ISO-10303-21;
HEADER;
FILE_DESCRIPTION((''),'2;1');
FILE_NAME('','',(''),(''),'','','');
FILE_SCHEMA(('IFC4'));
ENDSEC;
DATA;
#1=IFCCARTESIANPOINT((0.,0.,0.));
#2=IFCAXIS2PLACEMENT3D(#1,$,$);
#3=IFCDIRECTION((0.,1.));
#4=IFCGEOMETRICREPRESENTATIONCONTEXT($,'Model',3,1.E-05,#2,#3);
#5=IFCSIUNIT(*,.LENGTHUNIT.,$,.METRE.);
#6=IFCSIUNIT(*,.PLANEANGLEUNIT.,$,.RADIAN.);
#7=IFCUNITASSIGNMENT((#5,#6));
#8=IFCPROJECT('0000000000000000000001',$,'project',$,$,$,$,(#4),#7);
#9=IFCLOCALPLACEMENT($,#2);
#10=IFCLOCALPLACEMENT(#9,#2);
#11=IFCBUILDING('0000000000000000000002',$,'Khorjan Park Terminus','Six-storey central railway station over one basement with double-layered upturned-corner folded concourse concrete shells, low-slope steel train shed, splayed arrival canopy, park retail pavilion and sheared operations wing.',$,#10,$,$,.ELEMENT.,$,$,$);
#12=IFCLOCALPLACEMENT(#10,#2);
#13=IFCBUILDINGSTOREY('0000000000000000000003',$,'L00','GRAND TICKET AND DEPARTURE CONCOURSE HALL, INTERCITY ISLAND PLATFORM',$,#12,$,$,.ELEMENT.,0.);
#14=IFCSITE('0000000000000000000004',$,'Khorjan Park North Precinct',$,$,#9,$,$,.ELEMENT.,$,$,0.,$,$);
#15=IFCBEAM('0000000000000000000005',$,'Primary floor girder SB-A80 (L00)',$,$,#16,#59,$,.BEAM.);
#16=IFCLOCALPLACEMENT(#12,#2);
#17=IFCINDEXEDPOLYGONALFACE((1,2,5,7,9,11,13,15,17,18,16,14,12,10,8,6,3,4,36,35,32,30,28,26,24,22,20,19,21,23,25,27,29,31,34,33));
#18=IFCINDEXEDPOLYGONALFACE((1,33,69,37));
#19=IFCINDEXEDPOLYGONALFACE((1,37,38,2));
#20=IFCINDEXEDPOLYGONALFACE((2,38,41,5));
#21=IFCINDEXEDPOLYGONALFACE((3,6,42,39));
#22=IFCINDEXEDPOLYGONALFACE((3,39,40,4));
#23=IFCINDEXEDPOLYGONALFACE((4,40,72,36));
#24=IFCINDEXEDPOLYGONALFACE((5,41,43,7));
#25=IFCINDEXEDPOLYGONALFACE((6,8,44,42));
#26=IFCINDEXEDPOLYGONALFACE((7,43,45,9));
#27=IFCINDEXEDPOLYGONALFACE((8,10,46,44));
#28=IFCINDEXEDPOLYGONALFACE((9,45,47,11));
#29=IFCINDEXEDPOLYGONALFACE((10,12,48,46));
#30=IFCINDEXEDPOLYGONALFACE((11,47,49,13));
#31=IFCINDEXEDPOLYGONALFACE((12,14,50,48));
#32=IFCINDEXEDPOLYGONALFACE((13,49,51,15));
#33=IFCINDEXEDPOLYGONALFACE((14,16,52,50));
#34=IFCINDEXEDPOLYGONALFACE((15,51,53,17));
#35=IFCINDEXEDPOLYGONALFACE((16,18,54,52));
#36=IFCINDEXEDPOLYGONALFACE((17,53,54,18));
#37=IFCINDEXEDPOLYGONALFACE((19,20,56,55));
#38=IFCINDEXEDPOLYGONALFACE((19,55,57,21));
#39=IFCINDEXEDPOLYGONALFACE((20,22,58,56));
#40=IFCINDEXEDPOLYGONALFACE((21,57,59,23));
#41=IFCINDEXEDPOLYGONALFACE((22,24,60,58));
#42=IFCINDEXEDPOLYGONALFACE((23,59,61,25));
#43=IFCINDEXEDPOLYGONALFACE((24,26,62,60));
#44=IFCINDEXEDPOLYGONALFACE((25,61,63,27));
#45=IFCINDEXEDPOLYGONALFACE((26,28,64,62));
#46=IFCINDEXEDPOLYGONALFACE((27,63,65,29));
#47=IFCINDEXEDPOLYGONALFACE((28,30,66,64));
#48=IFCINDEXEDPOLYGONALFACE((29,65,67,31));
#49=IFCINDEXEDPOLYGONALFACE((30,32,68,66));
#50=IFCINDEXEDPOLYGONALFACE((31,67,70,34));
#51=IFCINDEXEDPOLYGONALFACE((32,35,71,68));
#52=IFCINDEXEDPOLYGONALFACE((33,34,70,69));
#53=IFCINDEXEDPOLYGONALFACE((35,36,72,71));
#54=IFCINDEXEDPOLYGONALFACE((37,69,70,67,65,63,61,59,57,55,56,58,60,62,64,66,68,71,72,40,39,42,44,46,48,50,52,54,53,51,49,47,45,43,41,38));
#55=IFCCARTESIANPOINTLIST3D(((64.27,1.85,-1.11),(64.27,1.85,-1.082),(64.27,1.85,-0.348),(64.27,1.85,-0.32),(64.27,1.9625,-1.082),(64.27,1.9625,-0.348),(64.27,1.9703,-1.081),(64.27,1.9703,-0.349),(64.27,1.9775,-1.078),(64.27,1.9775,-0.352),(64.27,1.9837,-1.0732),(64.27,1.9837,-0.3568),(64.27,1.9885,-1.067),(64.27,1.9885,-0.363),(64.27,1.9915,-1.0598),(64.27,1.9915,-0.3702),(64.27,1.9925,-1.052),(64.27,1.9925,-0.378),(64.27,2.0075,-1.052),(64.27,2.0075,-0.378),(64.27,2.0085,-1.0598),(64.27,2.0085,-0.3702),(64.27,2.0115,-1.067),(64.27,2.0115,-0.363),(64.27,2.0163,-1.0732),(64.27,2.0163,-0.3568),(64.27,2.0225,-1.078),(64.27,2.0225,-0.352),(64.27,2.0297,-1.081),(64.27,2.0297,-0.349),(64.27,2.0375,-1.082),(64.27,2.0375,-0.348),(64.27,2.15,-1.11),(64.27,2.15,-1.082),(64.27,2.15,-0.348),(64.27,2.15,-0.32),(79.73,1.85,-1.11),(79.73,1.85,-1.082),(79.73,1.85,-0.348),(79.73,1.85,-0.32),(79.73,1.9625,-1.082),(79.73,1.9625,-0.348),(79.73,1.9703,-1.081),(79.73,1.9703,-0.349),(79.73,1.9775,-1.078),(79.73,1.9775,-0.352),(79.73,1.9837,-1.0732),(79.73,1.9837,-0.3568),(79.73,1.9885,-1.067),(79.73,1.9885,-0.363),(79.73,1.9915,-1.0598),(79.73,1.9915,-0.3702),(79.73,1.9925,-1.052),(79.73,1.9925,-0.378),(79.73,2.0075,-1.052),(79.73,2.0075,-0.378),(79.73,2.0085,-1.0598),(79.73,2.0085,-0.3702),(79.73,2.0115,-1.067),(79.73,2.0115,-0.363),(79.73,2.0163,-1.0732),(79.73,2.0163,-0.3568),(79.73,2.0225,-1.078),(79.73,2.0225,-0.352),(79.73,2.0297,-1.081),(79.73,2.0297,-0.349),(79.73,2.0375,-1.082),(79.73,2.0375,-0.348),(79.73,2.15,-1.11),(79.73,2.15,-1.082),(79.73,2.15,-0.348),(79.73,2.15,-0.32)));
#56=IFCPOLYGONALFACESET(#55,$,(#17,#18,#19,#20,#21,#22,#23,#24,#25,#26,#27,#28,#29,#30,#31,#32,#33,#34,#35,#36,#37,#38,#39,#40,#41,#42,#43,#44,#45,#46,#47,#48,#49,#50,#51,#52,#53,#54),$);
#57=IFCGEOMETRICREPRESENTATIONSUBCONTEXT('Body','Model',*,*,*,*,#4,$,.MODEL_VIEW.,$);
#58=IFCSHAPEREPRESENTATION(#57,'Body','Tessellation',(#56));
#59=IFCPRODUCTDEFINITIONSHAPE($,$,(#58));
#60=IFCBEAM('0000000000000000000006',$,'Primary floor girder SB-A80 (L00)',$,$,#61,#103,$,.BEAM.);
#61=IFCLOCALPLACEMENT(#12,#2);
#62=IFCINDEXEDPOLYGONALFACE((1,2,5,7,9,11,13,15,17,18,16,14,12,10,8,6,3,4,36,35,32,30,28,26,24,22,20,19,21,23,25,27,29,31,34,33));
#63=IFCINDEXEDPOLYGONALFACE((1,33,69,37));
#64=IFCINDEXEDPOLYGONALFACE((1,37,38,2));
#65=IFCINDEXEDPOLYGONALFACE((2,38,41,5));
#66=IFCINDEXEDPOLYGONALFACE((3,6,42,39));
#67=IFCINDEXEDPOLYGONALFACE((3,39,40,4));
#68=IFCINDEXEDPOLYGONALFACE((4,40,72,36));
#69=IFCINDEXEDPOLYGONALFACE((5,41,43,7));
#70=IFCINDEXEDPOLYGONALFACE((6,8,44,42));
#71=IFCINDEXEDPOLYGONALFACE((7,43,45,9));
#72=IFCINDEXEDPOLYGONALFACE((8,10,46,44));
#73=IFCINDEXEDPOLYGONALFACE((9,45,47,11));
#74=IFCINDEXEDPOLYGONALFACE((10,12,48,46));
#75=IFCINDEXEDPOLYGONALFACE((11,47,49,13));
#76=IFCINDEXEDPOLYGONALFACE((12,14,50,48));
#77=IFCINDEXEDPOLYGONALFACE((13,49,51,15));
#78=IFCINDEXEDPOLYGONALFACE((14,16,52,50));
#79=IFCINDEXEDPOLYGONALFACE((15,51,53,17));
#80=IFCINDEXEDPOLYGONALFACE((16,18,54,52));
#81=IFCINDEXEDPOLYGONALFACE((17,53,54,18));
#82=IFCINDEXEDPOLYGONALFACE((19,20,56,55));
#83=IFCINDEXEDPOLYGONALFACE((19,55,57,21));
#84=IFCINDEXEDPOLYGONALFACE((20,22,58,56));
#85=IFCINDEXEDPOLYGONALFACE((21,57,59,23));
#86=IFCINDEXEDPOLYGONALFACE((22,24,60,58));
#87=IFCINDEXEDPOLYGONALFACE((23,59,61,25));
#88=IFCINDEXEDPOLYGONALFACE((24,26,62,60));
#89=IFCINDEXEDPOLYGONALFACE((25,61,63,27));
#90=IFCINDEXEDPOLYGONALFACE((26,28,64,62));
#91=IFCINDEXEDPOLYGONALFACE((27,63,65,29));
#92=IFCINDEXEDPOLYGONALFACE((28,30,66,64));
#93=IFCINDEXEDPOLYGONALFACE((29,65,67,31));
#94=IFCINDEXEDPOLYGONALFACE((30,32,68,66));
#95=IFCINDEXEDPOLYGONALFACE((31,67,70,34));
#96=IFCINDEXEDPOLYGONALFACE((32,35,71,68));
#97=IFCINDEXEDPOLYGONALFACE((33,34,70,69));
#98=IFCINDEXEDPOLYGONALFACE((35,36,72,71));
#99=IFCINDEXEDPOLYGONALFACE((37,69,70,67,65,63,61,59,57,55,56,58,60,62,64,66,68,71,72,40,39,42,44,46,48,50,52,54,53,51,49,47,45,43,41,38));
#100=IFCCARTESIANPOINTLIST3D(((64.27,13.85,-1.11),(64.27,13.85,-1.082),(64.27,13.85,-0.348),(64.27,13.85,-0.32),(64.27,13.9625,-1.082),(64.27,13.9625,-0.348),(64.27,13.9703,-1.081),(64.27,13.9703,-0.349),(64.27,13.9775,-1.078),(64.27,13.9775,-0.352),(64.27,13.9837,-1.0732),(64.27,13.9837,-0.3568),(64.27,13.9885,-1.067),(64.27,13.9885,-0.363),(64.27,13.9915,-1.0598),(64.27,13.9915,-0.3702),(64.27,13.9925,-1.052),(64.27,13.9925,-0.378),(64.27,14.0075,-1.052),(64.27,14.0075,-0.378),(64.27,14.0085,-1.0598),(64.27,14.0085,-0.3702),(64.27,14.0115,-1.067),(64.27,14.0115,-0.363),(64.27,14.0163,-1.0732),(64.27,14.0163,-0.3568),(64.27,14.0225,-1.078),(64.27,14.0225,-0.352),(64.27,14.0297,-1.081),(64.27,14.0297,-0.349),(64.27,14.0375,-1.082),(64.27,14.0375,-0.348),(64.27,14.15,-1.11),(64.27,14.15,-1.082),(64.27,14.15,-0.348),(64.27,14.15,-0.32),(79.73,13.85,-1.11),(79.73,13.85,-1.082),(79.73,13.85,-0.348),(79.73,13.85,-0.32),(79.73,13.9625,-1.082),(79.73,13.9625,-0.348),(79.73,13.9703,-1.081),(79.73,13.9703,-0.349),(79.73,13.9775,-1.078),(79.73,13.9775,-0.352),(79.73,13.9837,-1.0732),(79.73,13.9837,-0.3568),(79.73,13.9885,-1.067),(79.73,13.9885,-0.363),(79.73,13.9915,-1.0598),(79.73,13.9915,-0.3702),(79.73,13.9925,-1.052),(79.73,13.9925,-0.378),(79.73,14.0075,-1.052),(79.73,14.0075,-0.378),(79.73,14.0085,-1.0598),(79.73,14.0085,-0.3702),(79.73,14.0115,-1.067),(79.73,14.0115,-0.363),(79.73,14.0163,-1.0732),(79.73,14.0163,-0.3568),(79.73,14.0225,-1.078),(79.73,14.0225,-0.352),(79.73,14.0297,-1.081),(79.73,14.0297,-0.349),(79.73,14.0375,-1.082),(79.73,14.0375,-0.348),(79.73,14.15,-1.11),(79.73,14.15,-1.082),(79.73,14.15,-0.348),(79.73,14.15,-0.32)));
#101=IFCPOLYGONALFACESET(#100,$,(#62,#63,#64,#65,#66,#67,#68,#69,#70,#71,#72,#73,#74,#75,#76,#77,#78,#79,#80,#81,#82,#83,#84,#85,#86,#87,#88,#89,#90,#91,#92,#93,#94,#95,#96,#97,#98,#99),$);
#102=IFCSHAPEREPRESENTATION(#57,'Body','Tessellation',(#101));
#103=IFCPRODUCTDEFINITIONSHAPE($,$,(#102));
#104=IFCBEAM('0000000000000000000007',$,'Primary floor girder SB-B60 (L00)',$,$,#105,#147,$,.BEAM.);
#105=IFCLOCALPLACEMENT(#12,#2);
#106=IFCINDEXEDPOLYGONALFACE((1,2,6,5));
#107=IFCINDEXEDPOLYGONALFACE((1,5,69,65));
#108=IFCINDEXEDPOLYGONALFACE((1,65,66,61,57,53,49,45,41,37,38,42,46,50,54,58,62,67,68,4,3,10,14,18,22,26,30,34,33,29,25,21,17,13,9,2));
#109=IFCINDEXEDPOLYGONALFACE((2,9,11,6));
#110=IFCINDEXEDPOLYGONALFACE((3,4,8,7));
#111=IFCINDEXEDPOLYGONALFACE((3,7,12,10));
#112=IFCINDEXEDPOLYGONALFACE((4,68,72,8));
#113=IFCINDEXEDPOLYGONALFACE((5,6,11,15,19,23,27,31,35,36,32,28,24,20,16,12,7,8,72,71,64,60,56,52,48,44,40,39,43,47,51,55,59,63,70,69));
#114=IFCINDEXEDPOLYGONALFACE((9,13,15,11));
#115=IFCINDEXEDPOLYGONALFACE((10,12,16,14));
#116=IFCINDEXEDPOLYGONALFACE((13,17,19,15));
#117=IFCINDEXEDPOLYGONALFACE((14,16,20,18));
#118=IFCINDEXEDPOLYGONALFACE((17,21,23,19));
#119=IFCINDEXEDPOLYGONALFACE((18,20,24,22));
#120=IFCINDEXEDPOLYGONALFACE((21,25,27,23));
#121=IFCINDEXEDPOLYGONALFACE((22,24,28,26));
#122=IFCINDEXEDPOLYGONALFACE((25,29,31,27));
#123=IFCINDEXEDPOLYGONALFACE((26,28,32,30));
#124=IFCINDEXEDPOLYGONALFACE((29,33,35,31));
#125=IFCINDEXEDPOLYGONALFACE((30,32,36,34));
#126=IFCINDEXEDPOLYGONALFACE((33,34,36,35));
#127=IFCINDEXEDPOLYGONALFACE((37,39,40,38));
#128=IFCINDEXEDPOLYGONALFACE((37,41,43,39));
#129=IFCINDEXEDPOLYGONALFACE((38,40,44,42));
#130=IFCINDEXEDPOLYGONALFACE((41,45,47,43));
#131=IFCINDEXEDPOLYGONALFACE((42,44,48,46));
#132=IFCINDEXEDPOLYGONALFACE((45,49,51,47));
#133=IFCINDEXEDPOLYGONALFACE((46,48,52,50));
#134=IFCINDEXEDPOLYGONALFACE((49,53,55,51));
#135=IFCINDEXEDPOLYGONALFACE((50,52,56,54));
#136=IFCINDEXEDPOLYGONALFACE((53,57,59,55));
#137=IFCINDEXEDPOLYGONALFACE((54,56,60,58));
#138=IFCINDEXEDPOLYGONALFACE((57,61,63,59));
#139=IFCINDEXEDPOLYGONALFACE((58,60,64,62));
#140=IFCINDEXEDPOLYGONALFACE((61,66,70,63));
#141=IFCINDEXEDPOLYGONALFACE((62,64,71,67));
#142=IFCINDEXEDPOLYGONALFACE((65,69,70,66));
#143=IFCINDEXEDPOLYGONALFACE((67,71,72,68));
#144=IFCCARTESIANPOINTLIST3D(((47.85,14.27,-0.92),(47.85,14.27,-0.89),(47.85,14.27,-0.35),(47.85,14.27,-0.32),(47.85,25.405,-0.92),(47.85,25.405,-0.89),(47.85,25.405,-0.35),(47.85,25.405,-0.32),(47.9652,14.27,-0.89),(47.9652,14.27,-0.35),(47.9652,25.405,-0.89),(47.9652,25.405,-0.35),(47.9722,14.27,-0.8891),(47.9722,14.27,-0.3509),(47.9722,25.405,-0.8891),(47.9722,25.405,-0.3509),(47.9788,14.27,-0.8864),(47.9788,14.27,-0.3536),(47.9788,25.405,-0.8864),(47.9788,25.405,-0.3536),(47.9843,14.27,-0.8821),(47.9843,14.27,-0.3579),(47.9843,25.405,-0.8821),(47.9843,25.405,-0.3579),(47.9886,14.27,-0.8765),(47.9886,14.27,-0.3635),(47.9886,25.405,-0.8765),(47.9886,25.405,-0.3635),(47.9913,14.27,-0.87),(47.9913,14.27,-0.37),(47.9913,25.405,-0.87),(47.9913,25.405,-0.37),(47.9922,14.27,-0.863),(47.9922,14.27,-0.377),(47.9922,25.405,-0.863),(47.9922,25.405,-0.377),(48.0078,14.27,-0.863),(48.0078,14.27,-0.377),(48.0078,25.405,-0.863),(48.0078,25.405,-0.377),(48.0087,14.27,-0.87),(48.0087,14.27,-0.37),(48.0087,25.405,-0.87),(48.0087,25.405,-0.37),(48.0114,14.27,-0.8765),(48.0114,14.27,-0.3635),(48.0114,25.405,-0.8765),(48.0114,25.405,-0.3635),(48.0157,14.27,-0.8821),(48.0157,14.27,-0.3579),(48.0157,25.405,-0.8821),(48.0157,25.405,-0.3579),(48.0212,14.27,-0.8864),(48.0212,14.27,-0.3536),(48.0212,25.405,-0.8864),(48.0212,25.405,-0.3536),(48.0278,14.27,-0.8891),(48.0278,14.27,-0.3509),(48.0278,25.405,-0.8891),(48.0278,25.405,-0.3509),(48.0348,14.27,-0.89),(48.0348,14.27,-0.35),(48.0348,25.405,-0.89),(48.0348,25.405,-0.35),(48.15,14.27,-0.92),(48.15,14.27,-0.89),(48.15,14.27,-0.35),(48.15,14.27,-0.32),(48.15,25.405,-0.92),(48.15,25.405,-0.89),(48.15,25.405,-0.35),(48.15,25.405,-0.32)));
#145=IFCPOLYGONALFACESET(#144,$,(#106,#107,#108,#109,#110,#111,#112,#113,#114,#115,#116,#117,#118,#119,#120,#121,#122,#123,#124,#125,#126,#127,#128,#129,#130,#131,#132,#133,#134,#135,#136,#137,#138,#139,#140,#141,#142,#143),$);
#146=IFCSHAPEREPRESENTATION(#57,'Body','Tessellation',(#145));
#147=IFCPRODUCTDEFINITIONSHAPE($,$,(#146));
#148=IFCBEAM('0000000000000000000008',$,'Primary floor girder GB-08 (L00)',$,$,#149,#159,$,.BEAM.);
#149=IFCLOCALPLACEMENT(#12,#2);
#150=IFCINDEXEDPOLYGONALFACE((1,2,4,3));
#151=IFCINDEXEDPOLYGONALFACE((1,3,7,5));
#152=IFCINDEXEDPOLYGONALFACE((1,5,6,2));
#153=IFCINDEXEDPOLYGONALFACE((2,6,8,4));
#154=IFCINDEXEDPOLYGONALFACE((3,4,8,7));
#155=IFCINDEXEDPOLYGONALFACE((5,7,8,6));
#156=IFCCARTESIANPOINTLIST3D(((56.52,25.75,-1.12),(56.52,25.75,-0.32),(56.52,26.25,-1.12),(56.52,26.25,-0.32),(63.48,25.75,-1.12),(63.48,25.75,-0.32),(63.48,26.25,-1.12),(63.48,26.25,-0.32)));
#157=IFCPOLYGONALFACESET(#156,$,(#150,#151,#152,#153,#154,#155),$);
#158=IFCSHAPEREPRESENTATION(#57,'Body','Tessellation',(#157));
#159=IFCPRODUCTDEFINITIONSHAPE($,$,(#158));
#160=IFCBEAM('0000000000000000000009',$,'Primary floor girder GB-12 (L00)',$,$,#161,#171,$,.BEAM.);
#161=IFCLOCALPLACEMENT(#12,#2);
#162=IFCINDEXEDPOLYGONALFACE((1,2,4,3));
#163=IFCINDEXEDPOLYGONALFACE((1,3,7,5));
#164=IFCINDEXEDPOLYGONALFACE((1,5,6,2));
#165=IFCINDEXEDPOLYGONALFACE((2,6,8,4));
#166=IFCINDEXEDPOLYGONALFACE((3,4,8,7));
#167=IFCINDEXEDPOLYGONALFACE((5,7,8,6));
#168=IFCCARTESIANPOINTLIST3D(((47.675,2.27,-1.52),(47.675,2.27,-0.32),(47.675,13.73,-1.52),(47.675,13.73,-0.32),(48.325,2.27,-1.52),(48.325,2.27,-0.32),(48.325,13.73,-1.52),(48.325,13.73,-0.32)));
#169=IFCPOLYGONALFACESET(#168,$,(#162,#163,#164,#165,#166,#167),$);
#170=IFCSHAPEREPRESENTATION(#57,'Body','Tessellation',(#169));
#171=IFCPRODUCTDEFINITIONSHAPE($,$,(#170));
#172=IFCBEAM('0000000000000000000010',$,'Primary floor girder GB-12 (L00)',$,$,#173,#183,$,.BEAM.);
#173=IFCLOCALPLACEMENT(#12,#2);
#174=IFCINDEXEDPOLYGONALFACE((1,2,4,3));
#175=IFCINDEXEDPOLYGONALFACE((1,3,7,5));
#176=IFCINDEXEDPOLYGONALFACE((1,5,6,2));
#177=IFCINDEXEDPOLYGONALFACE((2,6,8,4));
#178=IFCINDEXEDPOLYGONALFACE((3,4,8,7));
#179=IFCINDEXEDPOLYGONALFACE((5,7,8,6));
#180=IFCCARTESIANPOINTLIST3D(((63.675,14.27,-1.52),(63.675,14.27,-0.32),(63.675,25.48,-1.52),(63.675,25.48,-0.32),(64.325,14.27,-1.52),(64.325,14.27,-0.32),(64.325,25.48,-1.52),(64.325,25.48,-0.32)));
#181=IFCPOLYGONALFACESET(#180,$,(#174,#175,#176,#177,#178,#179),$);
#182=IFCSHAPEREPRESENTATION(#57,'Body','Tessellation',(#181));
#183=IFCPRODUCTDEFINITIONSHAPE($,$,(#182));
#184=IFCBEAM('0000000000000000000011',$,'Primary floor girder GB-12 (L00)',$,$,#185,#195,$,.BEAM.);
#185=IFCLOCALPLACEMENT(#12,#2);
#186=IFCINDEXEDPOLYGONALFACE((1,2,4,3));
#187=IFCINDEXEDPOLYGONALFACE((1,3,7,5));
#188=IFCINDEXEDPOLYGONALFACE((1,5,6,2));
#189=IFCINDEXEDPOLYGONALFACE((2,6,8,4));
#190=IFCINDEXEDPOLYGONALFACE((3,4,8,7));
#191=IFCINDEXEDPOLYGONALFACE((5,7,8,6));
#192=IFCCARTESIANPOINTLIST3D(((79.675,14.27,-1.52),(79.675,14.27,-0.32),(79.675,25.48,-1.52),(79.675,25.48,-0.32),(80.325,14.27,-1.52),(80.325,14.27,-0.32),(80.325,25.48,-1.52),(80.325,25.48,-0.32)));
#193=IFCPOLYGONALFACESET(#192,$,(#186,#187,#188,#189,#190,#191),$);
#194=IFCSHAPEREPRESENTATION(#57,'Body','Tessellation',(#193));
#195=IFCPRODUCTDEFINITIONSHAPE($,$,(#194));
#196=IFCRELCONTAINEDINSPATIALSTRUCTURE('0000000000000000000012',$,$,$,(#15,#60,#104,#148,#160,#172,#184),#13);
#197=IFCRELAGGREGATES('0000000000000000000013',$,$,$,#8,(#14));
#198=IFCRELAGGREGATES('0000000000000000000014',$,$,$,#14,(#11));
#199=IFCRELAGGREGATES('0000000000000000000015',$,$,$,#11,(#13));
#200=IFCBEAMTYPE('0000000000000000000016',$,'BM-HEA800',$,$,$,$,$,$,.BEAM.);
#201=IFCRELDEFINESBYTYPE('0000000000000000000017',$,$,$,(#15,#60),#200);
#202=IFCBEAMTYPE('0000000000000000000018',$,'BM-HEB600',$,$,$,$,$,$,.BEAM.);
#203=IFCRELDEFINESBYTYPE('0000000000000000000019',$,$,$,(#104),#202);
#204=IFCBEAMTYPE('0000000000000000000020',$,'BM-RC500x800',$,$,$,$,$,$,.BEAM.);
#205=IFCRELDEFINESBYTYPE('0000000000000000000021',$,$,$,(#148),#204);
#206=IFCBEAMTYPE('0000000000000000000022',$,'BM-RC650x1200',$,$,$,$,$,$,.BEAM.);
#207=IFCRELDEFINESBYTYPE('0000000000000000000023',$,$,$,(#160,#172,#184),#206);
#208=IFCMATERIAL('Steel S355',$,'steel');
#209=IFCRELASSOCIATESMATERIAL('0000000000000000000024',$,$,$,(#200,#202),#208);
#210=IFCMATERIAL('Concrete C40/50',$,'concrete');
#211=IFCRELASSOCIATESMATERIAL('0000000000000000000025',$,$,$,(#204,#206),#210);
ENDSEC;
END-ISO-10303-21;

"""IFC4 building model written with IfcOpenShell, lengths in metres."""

from ifc_helpers import new_model, si_unit, direction, frame, origin, origin_2d, place, context, subcontext, project, spatial, rectangle, i_section, extrude, material, material_profile, profile_set, type_object, element, save


model = new_model("IFC4")

# Units and contexts
model_context = context("Model", 3, precision=1e-05, world=origin(), true_north=direction((0.0, 1.0)))
body_context = subcontext(model_context, "Body", "Model", "MODEL_VIEW")
ifc_project = project(units=[si_unit("LENGTHUNIT", "METRE"), si_unit("PLANEANGLEUNIT", "RADIAN")], contexts=[model_context])

# Site, building, storey
site_placement = place(None, origin())
site = spatial("IfcSite", under=ifc_project, at=site_placement, Name="Khorjan Park North Precinct", CompositionType="ELEMENT", RefElevation=0.0)
building_placement = place(site_placement, origin())
building = spatial("IfcBuilding", under=site, at=building_placement, Name="Khorjan Park Terminus", Description="Six-storey central railway station over one basement with double-layered upturned-corner folded concourse concrete shells, low-slope steel train shed, splayed arrival canopy, park retail pavilion and sheared operations wing.", CompositionType="ELEMENT")
storey_placement = place(building_placement, origin())
storey = spatial("IfcBuildingStorey", under=building, at=storey_placement, Name="L00", Description="GRAND TICKET AND DEPARTURE CONCOURSE HALL, INTERCITY ISLAND PLATFORM", CompositionType="ELEMENT", Elevation=0.0)

# Shared definitions
ifc_material_1 = material(Name="Steel S355", Category="steel")

# Beams
ifc_material_profile_1 = material_profile(ifc_material_1, i_section(OverallWidth=0.3, OverallDepth=0.79, WebThickness=0.015, FlangeThickness=0.028, FilletRadius=0.03, at=origin_2d()), Name="HEA 800")
ifc_profile_set_1 = profile_set([ifc_material_profile_1], Name="Steel S355")
beam_type_1 = type_object("IfcBeamType", Name="BM-HEA800", PredefinedType="BEAM", material=ifc_profile_set_1)
for number, where, z_axis, x_axis, name in (
    (1, (64.27, 2.0, -0.715), (1.0, 0.0, 0.0), (0.0, 1.0, 0.0), "Primary floor girder SB-A80 (L00)"),
    (2, (64.27, 14.0, -0.715), (1.0, 0.0, 0.0), (0.0, 1.0, 0.0), "Primary floor girder SB-A80 (L00)"),
):
    element("IfcBeam", number, at=place(storey_placement, frame(where, z_axis=z_axis, x_axis=x_axis)), inside=storey, type_object=beam_type_1, Name=name, PredefinedType="BEAM", context=body_context, shape_type="SweptSolid", body=[
        extrude(i_section(OverallWidth=0.3, OverallDepth=0.79, WebThickness=0.015, FlangeThickness=0.028, FilletRadius=0.03, at=origin_2d()), origin(), (0.0, 0.0, 1.0), 15.46),
    ])
ifc_material_profile_2 = material_profile(ifc_material_1, i_section(OverallWidth=0.3, OverallDepth=0.6, WebThickness=0.0155, FlangeThickness=0.03, FilletRadius=0.027, at=origin_2d()), Name="HEB 600")
ifc_profile_set_2 = profile_set([ifc_material_profile_2], Name="Steel S355")
beam_type_2 = type_object("IfcBeamType", Name="BM-HEB600", PredefinedType="BEAM", material=ifc_profile_set_2)
beam_1_placement = place(storey_placement, frame((48.0, 14.27, -0.62), z_axis=(0.0, 1.0, 0.0), x_axis=(-1.0, 0.0, 0.0)))
element("IfcBeam", 3, at=beam_1_placement, inside=storey, type_object=beam_type_2, Name="Primary floor girder SB-B60 (L00)", PredefinedType="BEAM", context=body_context, shape_type="SweptSolid", body=[
    extrude(i_section(OverallWidth=0.3, OverallDepth=0.6, WebThickness=0.0155, FlangeThickness=0.03, FilletRadius=0.027, at=origin_2d()), origin(), (0.0, 0.0, 1.0), 11.135),
])
ifc_material_2 = material(Name="Concrete C40/50", Category="concrete")
ifc_material_profile_3 = material_profile(ifc_material_2, rectangle(XDim=0.5, YDim=0.8, at=origin_2d()), Name="RC 500x800")
ifc_profile_set_3 = profile_set([ifc_material_profile_3], Name="Concrete C40/50")
beam_type_3 = type_object("IfcBeamType", Name="BM-RC500x800", PredefinedType="BEAM", material=ifc_profile_set_3)
beam_2_placement = place(storey_placement, frame((56.52, 26.0, -0.72), z_axis=(1.0, 0.0, 0.0), x_axis=(0.0, 1.0, 0.0)))
element("IfcBeam", 4, at=beam_2_placement, inside=storey, type_object=beam_type_3, Name="Primary floor girder GB-08 (L00)", PredefinedType="BEAM", context=body_context, shape_type="SweptSolid", body=[
    extrude(rectangle(XDim=0.5, YDim=0.8, at=origin_2d()), origin(), (0.0, 0.0, 1.0), 6.96),
])
ifc_material_profile_4 = material_profile(ifc_material_2, rectangle(XDim=0.65, YDim=1.2, at=origin_2d()), Name="RC 650x1200")
ifc_profile_set_4 = profile_set([ifc_material_profile_4], Name="Concrete C40/50")
beam_type_4 = type_object("IfcBeamType", Name="BM-RC650x1200", PredefinedType="BEAM", material=ifc_profile_set_4)
beam_3_placement = place(storey_placement, frame((48.0, 2.27, -0.92), z_axis=(0.0, 1.0, 0.0), x_axis=(-1.0, 0.0, 0.0)))
element("IfcBeam", 5, at=beam_3_placement, inside=storey, type_object=beam_type_4, Name="Primary floor girder GB-12 (L00)", PredefinedType="BEAM", context=body_context, shape_type="SweptSolid", body=[
    extrude(rectangle(XDim=0.65, YDim=1.2, at=origin_2d()), origin(), (0.0, 0.0, 1.0), 11.46),
])
for number, where, z_axis, x_axis, name in (
    (6, (64.0, 14.27, -0.92), (0.0, 1.0, 0.0), (-1.0, 0.0, 0.0), "Primary floor girder GB-12 (L00)"),
    (7, (80.0, 14.27, -0.92), (0.0, 1.0, 0.0), (-1.0, 0.0, 0.0), "Primary floor girder GB-12 (L00)"),
):
    element("IfcBeam", number, at=place(storey_placement, frame(where, z_axis=z_axis, x_axis=x_axis)), inside=storey, type_object=beam_type_4, Name=name, PredefinedType="BEAM", context=body_context, shape_type="SweptSolid", body=[
        extrude(rectangle(XDim=0.65, YDim=1.2, at=origin_2d()), origin(), (0.0, 0.0, 1.0), 11.21),
    ])

save(model, "model.ifc")
